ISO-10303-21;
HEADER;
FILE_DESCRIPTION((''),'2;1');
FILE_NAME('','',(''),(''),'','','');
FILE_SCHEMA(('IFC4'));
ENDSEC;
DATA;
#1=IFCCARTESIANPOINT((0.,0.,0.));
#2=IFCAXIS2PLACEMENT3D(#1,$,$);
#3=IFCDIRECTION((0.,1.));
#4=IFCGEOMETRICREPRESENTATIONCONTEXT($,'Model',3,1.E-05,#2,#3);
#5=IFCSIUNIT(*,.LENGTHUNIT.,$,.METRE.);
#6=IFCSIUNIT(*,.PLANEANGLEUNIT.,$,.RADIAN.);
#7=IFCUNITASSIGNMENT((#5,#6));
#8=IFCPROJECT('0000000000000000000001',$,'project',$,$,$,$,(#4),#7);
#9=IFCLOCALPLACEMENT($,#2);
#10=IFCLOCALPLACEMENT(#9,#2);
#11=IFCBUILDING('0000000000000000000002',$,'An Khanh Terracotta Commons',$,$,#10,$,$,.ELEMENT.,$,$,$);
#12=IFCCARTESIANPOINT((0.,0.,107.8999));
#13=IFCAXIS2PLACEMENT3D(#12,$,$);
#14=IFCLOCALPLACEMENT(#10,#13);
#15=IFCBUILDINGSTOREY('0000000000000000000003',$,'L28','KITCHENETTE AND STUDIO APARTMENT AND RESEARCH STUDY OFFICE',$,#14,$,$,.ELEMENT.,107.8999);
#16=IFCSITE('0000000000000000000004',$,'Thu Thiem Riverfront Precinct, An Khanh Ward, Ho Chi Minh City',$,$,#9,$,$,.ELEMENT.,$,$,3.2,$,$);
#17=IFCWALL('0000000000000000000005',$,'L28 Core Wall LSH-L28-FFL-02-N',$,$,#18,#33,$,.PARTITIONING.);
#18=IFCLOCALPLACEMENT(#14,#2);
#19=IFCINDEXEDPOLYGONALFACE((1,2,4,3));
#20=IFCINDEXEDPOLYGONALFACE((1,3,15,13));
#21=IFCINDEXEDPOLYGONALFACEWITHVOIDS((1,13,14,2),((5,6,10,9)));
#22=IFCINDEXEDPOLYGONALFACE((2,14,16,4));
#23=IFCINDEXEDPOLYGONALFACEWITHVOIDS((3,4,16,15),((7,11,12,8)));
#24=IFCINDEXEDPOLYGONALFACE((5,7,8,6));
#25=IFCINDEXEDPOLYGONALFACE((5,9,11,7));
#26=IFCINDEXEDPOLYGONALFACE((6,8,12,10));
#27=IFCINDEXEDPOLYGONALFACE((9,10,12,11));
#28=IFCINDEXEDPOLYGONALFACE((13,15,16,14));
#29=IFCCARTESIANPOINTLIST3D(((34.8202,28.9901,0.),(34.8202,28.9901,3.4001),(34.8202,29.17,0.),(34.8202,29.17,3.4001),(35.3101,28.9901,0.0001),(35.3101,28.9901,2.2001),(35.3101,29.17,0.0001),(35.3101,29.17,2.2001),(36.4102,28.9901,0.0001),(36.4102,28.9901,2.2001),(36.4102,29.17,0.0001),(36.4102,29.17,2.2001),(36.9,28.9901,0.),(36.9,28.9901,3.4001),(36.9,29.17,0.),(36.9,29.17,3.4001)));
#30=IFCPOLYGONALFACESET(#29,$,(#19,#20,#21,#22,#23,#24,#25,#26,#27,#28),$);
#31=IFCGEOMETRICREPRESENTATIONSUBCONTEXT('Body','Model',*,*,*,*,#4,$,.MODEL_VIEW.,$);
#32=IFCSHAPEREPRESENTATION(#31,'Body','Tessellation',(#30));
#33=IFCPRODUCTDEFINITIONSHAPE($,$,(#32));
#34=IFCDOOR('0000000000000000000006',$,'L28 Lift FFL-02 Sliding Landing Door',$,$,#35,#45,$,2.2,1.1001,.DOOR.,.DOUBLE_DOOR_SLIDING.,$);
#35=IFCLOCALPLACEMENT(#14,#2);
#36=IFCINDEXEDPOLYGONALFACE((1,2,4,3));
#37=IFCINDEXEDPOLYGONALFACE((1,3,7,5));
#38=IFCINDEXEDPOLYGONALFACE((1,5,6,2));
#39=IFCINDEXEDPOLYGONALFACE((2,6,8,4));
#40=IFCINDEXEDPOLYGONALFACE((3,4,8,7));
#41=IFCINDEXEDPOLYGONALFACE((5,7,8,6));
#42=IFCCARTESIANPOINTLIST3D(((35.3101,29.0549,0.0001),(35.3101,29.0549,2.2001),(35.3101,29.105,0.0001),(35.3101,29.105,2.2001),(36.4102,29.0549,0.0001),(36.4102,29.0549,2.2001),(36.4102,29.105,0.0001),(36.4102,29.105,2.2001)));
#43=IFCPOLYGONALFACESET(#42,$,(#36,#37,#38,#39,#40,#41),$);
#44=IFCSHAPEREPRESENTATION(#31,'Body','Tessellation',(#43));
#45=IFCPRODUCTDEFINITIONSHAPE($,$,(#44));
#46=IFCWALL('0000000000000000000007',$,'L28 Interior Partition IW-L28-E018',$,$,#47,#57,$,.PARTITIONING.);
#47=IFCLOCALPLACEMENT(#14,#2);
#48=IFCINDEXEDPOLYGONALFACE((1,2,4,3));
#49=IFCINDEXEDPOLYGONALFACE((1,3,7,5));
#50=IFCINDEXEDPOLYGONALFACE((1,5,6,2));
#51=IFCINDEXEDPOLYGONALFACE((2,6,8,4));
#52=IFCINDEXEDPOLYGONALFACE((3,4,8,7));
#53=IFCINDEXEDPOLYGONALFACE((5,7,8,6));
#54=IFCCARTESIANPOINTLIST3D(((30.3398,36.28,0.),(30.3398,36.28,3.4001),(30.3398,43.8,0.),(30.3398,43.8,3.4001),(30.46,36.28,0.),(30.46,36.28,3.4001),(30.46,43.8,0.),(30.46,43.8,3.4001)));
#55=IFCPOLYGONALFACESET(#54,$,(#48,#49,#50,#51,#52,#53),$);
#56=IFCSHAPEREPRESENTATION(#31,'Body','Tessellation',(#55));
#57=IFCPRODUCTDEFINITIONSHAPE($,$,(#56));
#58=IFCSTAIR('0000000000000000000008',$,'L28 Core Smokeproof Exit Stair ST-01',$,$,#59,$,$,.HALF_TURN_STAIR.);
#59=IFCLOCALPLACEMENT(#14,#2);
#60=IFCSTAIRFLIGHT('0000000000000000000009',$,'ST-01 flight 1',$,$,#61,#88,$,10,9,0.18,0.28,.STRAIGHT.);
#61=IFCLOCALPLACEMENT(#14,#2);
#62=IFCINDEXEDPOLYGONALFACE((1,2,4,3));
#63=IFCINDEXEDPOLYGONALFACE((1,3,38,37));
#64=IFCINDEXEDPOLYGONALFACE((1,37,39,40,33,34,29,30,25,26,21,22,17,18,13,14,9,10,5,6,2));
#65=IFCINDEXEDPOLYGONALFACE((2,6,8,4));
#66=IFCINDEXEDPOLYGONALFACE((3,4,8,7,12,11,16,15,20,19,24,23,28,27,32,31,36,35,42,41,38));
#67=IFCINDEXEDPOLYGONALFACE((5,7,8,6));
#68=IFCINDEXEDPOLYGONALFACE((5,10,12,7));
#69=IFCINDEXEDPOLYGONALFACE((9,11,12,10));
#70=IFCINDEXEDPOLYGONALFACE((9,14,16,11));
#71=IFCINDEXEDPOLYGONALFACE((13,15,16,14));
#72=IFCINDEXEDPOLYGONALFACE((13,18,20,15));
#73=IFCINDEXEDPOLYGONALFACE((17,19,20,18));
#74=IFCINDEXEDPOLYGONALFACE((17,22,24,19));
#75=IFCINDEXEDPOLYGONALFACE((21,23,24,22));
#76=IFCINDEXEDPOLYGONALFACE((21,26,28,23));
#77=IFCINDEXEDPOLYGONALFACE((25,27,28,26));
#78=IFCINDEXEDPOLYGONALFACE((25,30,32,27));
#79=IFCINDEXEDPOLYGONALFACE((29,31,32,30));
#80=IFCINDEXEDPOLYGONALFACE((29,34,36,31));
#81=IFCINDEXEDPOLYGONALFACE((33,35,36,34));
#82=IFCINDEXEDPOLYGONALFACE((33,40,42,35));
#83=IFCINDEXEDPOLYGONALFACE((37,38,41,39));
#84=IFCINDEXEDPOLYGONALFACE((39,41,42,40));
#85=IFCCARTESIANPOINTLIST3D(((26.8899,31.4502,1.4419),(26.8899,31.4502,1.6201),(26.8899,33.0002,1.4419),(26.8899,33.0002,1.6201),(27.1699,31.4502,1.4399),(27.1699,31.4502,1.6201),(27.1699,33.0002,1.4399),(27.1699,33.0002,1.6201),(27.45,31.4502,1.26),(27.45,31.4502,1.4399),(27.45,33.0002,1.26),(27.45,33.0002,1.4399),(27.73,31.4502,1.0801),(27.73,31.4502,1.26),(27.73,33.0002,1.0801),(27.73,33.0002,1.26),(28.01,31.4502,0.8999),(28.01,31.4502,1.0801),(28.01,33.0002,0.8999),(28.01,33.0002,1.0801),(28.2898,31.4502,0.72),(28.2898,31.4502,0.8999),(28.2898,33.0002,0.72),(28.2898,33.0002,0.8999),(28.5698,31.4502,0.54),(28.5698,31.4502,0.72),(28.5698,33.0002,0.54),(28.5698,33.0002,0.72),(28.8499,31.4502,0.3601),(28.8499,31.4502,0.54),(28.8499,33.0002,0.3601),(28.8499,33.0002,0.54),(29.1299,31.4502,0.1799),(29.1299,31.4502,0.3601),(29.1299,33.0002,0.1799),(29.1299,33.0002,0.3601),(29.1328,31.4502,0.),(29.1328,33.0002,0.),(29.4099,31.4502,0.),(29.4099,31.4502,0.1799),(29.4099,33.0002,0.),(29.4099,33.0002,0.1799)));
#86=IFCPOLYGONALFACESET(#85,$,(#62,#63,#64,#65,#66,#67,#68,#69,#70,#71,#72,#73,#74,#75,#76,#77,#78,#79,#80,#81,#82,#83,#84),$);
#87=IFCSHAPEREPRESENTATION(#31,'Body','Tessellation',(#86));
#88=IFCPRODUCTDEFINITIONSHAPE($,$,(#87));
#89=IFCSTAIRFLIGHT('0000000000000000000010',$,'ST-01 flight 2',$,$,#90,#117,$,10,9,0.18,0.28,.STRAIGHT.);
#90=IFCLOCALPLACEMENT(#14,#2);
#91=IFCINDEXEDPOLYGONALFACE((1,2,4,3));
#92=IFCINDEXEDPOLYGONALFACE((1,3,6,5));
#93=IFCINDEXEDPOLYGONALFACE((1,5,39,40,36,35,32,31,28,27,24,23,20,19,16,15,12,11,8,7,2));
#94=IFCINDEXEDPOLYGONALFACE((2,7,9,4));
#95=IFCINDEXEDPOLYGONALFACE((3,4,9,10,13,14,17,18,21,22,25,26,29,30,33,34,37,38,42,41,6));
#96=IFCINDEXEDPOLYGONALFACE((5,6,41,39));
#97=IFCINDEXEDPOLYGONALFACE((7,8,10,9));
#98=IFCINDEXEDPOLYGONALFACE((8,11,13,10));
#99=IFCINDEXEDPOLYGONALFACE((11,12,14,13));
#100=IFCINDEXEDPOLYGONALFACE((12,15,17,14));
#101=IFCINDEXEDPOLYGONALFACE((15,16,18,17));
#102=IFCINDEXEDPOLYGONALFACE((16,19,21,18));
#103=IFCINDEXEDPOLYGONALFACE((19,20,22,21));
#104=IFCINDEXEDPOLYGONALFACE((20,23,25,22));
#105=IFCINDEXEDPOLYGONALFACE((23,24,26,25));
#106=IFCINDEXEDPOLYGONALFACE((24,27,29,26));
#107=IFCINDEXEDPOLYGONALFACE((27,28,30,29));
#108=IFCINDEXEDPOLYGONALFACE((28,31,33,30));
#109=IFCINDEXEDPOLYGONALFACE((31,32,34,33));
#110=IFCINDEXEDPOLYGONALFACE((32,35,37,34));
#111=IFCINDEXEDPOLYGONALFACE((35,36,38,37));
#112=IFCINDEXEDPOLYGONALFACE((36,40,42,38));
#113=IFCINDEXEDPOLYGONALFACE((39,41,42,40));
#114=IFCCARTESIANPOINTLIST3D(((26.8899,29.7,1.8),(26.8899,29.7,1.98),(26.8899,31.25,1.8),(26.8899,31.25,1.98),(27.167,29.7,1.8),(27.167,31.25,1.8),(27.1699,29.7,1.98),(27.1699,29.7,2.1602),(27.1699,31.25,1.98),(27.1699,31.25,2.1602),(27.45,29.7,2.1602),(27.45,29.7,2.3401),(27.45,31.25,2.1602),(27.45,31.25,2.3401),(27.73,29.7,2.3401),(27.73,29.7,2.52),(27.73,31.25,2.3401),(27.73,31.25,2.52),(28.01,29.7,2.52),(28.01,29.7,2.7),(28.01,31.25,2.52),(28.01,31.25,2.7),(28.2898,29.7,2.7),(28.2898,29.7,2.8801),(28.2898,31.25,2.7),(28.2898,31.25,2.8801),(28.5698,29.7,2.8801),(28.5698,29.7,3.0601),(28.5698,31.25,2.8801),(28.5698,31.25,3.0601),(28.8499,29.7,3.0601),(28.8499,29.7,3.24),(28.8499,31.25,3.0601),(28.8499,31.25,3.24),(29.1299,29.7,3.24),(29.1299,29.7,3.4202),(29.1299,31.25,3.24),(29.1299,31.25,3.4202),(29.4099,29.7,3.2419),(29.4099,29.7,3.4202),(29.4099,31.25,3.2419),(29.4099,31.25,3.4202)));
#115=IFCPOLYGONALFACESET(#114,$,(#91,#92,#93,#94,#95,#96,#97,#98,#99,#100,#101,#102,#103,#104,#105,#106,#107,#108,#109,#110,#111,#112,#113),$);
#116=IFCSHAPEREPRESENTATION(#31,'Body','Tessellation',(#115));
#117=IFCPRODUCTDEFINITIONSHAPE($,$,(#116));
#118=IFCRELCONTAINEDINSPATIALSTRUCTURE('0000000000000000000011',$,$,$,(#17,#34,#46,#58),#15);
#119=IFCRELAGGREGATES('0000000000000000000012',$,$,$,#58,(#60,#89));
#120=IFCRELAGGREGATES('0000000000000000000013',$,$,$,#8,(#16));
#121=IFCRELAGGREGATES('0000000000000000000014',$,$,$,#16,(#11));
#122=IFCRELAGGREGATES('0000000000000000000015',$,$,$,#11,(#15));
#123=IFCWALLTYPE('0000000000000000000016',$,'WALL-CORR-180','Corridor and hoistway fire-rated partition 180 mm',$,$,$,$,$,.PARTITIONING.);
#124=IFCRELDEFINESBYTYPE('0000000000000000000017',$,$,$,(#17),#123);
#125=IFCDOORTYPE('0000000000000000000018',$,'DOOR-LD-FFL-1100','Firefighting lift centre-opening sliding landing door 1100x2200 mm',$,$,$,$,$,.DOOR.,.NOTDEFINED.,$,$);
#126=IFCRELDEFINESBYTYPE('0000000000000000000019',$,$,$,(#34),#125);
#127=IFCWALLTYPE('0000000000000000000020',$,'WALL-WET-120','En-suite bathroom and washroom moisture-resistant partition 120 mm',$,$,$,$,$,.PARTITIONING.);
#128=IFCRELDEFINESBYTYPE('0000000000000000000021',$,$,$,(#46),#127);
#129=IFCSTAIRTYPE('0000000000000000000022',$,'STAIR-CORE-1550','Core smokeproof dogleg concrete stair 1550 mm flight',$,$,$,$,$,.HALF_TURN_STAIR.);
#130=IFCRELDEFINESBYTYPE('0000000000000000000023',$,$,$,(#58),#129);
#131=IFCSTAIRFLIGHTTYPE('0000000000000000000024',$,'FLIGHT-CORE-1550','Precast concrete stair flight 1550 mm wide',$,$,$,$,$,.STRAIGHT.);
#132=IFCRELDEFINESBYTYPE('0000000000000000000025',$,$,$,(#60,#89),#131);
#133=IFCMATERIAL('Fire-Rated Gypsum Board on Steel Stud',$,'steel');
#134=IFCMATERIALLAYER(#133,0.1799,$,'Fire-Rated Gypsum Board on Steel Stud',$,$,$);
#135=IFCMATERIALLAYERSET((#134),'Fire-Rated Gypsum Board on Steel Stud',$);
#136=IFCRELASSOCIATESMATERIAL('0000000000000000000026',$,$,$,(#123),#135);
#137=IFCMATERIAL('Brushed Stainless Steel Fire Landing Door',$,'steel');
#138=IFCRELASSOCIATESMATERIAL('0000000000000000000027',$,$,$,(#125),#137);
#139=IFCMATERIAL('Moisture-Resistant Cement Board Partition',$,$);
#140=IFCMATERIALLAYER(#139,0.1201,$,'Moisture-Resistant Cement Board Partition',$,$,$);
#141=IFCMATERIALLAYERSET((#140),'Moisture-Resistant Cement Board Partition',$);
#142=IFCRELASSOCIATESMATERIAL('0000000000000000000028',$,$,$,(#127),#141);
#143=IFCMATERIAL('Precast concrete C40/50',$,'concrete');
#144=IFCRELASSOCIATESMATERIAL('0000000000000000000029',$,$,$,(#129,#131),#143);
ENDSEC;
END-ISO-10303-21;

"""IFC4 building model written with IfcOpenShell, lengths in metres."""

from ifc_helpers import new_model, si_unit, direction, frame, frame_2d, origin, place, context, subcontext, project, spatial, polyline, rectangle, outline, extrude, material, layer, layer_set, type_object, element, fill, aggregate, save


model = new_model("IFC4")

# Units and contexts
model_context = context("Model", 3, precision=1e-05, world=origin(), true_north=direction((0.0, 1.0)))
body_context = subcontext(model_context, "Body", "Model", "MODEL_VIEW")
ifc_project = project(units=[si_unit("LENGTHUNIT", "METRE"), si_unit("PLANEANGLEUNIT", "RADIAN")], contexts=[model_context])

# Site, building, storey
site_placement = place(None, origin())
site = spatial("IfcSite", under=ifc_project, at=site_placement, Name="Thu Thiem Riverfront Precinct, An Khanh Ward, Ho Chi Minh City", CompositionType="ELEMENT", RefElevation=3.2)
building_placement = place(site_placement, origin())
building = spatial("IfcBuilding", under=site, at=building_placement, Name="An Khanh Terracotta Commons", CompositionType="ELEMENT")
storey_placement = place(building_placement, frame((0.0, 0.0, 107.8999)))
storey = spatial("IfcBuildingStorey", under=building, at=storey_placement, Name="L28", Description="KITCHENETTE AND STUDIO APARTMENT AND RESEARCH STUDY OFFICE", CompositionType="ELEMENT", Elevation=107.8999)

# Shared definitions
ifc_material_1 = material(Name="Fire-Rated Gypsum Board on Steel Stud", Category="steel")
ifc_layer_1 = layer(ifc_material_1, 0.1799, Name="Fire-Rated Gypsum Board on Steel Stud")
ifc_layer_set_1 = layer_set([ifc_layer_1], Name="Fire-Rated Gypsum Board on Steel Stud")
wall_type_1 = type_object("IfcWallType", Name="WALL-CORR-180", Description="Corridor and hoistway fire-rated partition 180 mm", PredefinedType="PARTITIONING", material=ifc_layer_set_1)

# Shared definitions
ifc_material_2 = material(Name="Brushed Stainless Steel Fire Landing Door", Category="steel")
door_type_1 = type_object("IfcDoorType", Name="DOOR-LD-FFL-1100", Description="Firefighting lift centre-opening sliding landing door 1100x2200 mm", OperationType="NOTDEFINED", PredefinedType="DOOR", material=ifc_material_2)

# Wall, opening, door
wall_1_placement = place(storey_placement, frame((34.8201, 29.0801, 0.0), z_axis=(0.0, 0.0, 1.0), x_axis=(1.0, 0.0, 0.0)))
wall_1 = element("IfcWall", 1, at=wall_1_placement, inside=storey, type_object=wall_type_1, Name="L28 Core Wall LSH-L28-FFL-02-N", PredefinedType="PARTITIONING", context=body_context, shape_type="SweptSolid", body=[
    extrude(rectangle(XDim=2.0798, YDim=0.1799, at=frame_2d((1.04, 0.0))), origin(), (0.0, 0.0, 1.0), 3.4001),
])
opening_1_placement = place(wall_1_placement, frame((0.49, 0.0, 0.0)))
opening_1 = element("IfcOpeningElement", 2, at=opening_1_placement, cuts=wall_1, PredefinedType="OPENING", context=body_context, shape_type="SweptSolid", body=[
    extrude(rectangle(XDim=1.1001, YDim=2.2, at=frame_2d((0.55, 1.1001))), frame((0.0, 0.0999, 0.0), z_axis=(0.0, -1.0, 0.0), x_axis=(1.0, 0.0, 0.0)), (0.0, 0.0, 1.0), 0.2),
])
door_1_placement = place(opening_1_placement, origin())
door_1 = element("IfcDoor", 3, at=door_1_placement, inside=storey, type_object=door_type_1, Name="L28 Lift FFL-02 Sliding Landing Door", OperationType="DOUBLE_DOOR_SLIDING", OverallHeight=2.2, OverallWidth=1.1001, PredefinedType="DOOR", context=body_context, shape_type="SweptSolid", body=[
    extrude(rectangle(XDim=1.1001, YDim=2.2, at=frame_2d((0.55, 1.1001))), frame((0.0, 0.0249, 0.0), z_axis=(0.0, -1.0, 0.0), x_axis=(1.0, 0.0, 0.0)), (0.0, 0.0, 1.0), 0.05),
])
fill(opening_1, door_1)

# Wall
ifc_material_3 = material(Name="Moisture-Resistant Cement Board Partition")
ifc_layer_2 = layer(ifc_material_3, 0.1201, Name="Moisture-Resistant Cement Board Partition")
ifc_layer_set_2 = layer_set([ifc_layer_2], Name="Moisture-Resistant Cement Board Partition")
wall_type_2 = type_object("IfcWallType", Name="WALL-WET-120", Description="En-suite bathroom and washroom moisture-resistant partition 120 mm", PredefinedType="PARTITIONING", material=ifc_layer_set_2)
wall_2_placement = place(storey_placement, frame((30.3999, 36.28, 0.0), z_axis=(0.0, 0.0, 1.0), x_axis=(0.0, 1.0, 0.0)))
element("IfcWall", 4, at=wall_2_placement, inside=storey, type_object=wall_type_2, Name="L28 Interior Partition IW-L28-E018", PredefinedType="PARTITIONING", context=body_context, shape_type="SweptSolid", body=[
    extrude(rectangle(XDim=7.52, YDim=0.1201, at=frame_2d((3.76, 0.0))), origin(), (0.0, 0.0, 1.0), 3.4001),
])

# Stair, stair flights
ifc_material_4 = material(Name="Precast concrete C40/50", Category="concrete")
stair_type = type_object("IfcStairType", Name="STAIR-CORE-1550", Description="Core smokeproof dogleg concrete stair 1550 mm flight", PredefinedType="HALF_TURN_STAIR", material=ifc_material_4)
stair_placement = place(storey_placement, origin())
stair = element("IfcStair", 5, at=stair_placement, inside=storey, type_object=stair_type, Name="L28 Core Smokeproof Exit Stair ST-01", PredefinedType="HALF_TURN_STAIR")
stair_flight_type = type_object("IfcStairFlightType", Name="FLIGHT-CORE-1550", Description="Precast concrete stair flight 1550 mm wide", PredefinedType="STRAIGHT", material=ifc_material_4)
stair_flight_1_placement = place(storey_placement, frame((29.4099, 32.2251, 0.0), z_axis=(0.0, 0.0, 1.0), x_axis=(-1.0, 0.0, 0.0)))
stair_flight_1 = element("IfcStairFlight", 6, at=stair_flight_1_placement, type_object=stair_flight_type, Name="ST-01 flight 1", NumberOfRisers=10, NumberOfTreads=9, PredefinedType="STRAIGHT", RiserHeight=0.18, TreadLength=0.28, context=body_context, shape_type="SweptSolid", body=[
    extrude(outline(polyline([(0.0, 0.0), (0.0, 0.1799), (0.28, 0.1799), (0.28, 0.3601), (0.5601, 0.3601), (0.5601, 0.54), (0.8401, 0.54), (0.8401, 0.72), (1.1201, 0.72), (1.1201, 0.8999), (1.3999, 0.8999), (1.3999, 1.0801), (1.6799, 1.0801), (1.6799, 1.26), (1.96, 1.26), (1.96, 1.4399), (2.24, 1.4399), (2.24, 1.6201), (2.52, 1.6201), (2.52, 1.8), (2.52, 1.4419), (0.2771, 0.0), (0.0, 0.0)])), frame((0.0, 0.7749, 0.0), z_axis=(0.0, -1.0, 0.0), x_axis=(1.0, 0.0, 0.0)), (0.0, 0.0, 1.0), 1.55),
])
stair_flight_2_placement = place(storey_placement, frame((26.8899, 30.4751, 1.8), z_axis=(0.0, 0.0, 1.0), x_axis=(1.0, 0.0, 0.0)))
stair_flight_2 = element("IfcStairFlight", 7, at=stair_flight_2_placement, type_object=stair_flight_type, Name="ST-01 flight 2", NumberOfRisers=10, NumberOfTreads=9, PredefinedType="STRAIGHT", RiserHeight=0.18, TreadLength=0.28, context=body_context, shape_type="SweptSolid", body=[
    extrude(outline(polyline([(0.0, 0.0), (0.0, 0.1799), (0.28, 0.1799), (0.28, 0.3601), (0.5601, 0.3601), (0.5601, 0.54), (0.8401, 0.54), (0.8401, 0.72), (1.1201, 0.72), (1.1201, 0.8999), (1.3999, 0.8999), (1.3999, 1.0801), (1.6799, 1.0801), (1.6799, 1.26), (1.96, 1.26), (1.96, 1.4399), (2.24, 1.4399), (2.24, 1.6201), (2.52, 1.6201), (2.52, 1.8), (2.52, 1.4419), (0.2771, 0.0), (0.0, 0.0)])), frame((0.0, 0.7749, 0.0), z_axis=(0.0, -1.0, 0.0), x_axis=(1.0, 0.0, 0.0)), (0.0, 0.0, 1.0), 1.55),
])
aggregate(stair, [stair_flight_1, stair_flight_2])

save(model, "model.ifc")
